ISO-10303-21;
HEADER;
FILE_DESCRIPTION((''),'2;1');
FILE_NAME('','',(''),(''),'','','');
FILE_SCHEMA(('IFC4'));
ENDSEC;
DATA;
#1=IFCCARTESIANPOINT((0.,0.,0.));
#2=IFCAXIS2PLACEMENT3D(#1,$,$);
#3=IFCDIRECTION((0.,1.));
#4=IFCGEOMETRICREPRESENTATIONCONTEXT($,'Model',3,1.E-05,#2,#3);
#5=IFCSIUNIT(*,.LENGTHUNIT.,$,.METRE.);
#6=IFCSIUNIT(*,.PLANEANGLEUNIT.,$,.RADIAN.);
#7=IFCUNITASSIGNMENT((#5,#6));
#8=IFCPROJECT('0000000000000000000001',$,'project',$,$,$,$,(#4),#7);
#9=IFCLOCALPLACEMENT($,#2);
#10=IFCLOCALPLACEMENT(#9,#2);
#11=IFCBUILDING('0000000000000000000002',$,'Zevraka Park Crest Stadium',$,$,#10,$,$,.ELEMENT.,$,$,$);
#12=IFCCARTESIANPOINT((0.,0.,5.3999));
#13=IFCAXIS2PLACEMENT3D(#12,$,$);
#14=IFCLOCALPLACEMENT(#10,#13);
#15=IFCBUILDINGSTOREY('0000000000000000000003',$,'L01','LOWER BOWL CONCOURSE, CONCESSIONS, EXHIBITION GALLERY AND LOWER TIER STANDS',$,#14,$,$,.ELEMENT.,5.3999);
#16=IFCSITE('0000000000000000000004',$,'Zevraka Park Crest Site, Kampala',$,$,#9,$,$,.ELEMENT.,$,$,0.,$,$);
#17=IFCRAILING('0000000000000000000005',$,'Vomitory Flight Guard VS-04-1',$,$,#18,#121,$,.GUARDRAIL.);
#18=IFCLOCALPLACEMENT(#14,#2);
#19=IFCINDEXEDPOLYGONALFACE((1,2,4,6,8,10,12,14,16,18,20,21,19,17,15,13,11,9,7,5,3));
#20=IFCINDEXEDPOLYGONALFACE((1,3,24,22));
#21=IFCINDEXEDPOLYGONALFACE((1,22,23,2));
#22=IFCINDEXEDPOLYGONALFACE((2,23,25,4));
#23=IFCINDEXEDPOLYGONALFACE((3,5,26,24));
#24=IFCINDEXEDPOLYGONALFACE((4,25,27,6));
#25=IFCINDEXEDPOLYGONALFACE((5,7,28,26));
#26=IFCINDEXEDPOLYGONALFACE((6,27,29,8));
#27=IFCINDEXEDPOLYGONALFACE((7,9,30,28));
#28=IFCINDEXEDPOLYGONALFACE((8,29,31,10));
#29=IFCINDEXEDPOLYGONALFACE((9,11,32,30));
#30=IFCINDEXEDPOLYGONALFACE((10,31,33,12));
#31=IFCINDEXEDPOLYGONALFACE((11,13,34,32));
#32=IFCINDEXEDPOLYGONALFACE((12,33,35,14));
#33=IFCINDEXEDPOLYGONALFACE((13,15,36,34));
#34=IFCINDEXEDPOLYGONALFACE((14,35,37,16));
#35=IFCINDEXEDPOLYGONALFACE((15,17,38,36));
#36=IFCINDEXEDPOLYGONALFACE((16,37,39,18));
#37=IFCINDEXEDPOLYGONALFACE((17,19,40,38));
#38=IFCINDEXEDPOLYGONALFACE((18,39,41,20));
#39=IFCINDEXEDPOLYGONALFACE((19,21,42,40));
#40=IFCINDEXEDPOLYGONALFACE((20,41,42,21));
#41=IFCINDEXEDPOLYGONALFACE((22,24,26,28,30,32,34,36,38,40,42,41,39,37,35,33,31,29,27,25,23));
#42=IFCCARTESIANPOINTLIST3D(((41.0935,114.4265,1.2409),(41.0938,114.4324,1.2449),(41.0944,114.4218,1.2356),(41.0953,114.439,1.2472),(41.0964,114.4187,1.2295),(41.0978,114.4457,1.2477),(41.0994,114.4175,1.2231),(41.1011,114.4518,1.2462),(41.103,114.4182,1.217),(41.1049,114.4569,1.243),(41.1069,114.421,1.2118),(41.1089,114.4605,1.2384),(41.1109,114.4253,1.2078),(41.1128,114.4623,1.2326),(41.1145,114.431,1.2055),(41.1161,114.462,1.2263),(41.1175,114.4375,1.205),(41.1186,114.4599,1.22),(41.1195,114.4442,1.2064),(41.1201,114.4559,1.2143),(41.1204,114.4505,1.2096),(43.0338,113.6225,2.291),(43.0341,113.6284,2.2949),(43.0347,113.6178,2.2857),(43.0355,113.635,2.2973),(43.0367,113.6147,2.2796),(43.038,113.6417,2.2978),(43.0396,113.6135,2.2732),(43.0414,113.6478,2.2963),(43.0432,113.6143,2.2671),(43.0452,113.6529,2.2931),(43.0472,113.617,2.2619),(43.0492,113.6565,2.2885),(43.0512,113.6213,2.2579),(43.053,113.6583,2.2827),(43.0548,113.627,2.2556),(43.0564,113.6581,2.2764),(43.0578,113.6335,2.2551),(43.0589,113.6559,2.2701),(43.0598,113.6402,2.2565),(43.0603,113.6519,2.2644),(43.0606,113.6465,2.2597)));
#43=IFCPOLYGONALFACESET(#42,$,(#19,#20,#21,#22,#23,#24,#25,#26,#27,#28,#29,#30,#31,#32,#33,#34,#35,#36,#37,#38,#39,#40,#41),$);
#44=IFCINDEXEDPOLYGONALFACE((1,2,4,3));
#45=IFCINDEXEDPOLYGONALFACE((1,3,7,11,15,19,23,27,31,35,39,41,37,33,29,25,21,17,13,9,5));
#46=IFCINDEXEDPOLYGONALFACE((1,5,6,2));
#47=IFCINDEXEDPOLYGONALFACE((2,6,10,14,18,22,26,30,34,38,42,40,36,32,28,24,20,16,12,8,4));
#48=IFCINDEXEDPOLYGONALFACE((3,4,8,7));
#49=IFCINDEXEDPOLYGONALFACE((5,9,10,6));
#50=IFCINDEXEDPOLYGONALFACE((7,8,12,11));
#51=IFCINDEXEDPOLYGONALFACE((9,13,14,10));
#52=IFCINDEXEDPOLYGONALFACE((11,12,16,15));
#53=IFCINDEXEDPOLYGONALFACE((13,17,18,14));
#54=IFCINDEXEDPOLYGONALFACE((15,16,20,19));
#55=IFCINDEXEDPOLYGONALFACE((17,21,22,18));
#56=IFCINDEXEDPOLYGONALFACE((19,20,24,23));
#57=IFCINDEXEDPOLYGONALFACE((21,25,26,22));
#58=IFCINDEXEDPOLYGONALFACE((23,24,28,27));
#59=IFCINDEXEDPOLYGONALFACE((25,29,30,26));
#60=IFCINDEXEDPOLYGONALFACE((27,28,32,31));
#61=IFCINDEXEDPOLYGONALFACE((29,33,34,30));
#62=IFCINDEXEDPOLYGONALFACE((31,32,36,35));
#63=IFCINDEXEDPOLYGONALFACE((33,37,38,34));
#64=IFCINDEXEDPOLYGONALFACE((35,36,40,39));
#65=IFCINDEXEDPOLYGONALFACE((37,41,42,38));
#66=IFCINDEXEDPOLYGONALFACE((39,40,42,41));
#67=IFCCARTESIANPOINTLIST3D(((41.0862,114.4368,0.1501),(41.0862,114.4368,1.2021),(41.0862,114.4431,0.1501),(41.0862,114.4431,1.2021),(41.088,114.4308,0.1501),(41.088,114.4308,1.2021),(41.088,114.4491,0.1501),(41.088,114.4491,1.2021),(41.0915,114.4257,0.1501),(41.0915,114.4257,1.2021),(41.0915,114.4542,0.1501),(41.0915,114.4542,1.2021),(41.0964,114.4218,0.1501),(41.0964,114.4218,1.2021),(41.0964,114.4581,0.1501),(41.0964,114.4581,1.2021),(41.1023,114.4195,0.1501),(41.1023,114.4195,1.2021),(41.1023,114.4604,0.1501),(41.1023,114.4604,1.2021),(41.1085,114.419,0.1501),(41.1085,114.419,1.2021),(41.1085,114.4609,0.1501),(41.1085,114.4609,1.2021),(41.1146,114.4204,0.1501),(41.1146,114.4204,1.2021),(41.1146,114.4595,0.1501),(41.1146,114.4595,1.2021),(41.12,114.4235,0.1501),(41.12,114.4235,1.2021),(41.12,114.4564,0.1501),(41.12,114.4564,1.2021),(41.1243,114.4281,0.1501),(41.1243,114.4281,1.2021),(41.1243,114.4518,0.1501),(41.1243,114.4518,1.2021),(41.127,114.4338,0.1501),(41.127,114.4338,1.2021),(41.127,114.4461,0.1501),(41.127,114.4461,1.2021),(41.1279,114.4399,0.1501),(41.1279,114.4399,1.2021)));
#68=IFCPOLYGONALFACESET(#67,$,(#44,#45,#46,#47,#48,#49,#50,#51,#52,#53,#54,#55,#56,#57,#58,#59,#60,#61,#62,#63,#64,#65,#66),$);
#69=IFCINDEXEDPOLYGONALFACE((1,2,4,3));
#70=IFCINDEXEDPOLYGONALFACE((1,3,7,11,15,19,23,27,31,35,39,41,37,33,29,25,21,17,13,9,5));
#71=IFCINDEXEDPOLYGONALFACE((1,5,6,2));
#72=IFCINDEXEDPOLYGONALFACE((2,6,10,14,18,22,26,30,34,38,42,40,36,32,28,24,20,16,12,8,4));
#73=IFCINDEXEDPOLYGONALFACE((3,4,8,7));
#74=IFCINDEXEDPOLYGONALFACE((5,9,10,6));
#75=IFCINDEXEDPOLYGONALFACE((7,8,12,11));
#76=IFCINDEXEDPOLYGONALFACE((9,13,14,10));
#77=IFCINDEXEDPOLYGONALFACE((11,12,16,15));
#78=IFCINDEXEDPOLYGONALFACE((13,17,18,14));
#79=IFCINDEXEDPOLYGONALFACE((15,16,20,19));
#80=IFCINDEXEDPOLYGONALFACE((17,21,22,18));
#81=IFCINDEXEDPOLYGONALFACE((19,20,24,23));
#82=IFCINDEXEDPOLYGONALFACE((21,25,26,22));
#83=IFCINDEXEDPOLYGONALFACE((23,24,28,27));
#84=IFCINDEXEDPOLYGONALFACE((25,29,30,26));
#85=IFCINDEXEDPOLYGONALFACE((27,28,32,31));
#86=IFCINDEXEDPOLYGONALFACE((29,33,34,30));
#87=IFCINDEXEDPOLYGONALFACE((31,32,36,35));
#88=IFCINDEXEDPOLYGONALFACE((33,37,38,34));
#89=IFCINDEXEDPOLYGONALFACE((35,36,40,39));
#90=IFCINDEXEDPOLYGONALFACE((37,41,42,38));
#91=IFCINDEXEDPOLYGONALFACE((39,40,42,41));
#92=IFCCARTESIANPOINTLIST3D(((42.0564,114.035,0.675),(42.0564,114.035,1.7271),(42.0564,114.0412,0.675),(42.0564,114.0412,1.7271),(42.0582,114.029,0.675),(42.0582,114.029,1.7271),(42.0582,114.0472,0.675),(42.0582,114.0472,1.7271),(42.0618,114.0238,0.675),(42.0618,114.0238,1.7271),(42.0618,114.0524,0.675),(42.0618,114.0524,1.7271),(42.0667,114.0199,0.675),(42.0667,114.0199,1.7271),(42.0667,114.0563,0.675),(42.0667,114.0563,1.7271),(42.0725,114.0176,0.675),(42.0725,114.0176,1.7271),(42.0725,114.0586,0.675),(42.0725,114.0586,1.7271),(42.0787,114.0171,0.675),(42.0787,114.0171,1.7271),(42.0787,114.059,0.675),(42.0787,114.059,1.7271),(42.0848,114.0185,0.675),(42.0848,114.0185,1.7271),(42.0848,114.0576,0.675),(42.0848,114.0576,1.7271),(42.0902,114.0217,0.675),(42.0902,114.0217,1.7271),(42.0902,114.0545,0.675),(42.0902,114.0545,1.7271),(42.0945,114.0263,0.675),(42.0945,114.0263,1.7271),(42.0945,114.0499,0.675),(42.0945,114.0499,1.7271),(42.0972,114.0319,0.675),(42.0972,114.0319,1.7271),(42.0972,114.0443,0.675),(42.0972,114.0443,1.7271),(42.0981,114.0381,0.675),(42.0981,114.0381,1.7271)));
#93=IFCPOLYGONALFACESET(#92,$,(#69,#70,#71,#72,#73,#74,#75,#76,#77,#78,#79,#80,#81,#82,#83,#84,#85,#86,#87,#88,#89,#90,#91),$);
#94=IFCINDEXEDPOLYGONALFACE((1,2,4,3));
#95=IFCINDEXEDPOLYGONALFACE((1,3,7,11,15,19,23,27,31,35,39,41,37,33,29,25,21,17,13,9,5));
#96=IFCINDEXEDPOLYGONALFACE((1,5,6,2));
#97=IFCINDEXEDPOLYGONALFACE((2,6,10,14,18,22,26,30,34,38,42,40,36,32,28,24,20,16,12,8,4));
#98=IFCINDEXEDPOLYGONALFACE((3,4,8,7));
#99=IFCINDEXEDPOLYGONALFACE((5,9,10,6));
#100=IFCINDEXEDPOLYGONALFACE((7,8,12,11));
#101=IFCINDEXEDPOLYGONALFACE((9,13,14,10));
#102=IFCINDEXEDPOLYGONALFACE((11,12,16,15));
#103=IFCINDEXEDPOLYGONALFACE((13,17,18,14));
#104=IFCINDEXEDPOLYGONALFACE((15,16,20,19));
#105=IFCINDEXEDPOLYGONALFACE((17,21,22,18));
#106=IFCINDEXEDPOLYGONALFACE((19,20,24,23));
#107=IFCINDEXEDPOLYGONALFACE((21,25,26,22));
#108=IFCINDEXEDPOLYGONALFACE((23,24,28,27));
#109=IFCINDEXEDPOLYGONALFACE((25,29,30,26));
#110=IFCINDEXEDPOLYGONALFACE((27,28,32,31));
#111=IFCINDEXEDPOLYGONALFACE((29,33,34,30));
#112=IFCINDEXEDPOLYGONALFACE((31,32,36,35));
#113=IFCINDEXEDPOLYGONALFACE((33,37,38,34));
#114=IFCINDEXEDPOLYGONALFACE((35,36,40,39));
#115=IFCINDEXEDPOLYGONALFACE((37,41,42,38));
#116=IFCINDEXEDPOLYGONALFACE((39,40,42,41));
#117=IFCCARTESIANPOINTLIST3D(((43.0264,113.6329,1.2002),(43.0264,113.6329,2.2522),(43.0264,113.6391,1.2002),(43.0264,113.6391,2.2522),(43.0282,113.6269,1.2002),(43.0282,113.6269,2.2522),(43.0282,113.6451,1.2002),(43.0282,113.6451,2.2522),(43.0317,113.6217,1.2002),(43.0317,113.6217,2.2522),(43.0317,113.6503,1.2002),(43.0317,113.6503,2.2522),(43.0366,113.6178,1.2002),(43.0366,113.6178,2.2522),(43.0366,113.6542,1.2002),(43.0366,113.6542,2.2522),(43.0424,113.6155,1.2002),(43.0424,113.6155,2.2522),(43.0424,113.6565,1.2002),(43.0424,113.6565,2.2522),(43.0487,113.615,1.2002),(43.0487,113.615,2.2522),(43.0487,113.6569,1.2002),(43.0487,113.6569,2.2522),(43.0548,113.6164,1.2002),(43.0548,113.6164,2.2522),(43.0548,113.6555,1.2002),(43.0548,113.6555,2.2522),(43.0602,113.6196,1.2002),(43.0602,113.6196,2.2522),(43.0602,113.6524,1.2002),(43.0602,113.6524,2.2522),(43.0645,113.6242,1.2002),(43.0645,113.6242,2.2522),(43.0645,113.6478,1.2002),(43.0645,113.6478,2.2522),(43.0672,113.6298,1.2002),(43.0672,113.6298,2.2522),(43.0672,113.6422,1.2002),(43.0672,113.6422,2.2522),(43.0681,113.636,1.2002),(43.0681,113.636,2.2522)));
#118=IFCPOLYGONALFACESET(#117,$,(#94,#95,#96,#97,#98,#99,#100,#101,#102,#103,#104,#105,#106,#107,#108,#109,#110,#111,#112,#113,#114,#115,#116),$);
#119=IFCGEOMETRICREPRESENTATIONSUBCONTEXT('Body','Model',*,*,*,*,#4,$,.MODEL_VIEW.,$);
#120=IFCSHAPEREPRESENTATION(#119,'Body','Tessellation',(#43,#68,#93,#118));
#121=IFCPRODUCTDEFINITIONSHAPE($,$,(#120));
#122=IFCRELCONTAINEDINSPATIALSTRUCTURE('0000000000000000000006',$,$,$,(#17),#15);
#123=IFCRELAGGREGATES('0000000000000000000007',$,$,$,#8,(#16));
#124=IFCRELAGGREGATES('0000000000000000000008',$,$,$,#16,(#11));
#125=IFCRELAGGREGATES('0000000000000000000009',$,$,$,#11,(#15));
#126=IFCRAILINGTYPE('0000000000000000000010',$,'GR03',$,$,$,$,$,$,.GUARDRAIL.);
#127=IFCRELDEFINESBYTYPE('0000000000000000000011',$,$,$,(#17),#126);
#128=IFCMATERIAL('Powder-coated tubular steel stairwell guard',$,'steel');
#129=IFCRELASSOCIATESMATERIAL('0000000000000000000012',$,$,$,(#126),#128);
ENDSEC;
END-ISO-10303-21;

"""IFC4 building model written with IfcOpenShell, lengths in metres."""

from ifc_helpers import new_model, si_unit, direction, frame, origin, origin_2d, place, context, subcontext, project, spatial, circle, extrude, material, type_object, element, save


model = new_model("IFC4")

# Units and contexts
model_context = context("Model", 3, precision=1e-05, world=origin(), true_north=direction((0.0, 1.0)))
body_context = subcontext(model_context, "Body", "Model", "MODEL_VIEW")
ifc_project = project(units=[si_unit("LENGTHUNIT", "METRE"), si_unit("PLANEANGLEUNIT", "RADIAN")], contexts=[model_context])

# Site, building, storey
site_placement = place(None, origin())
site = spatial("IfcSite", under=ifc_project, at=site_placement, Name="Zevraka Park Crest Site, Kampala", CompositionType="ELEMENT", RefElevation=0.0)
building_placement = place(site_placement, origin())
building = spatial("IfcBuilding", under=site, at=building_placement, Name="Zevraka Park Crest Stadium", CompositionType="ELEMENT")
storey_placement = place(building_placement, frame((0.0, 0.0, 5.3999)))
storey = spatial("IfcBuildingStorey", under=building, at=storey_placement, Name="L01", Description="LOWER BOWL CONCOURSE, CONCESSIONS, EXHIBITION GALLERY AND LOWER TIER STANDS", CompositionType="ELEMENT", Elevation=5.3999)

# Railing
ifc_material_1 = material(Name="Powder-coated tubular steel stairwell guard", Category="steel")
railing_type_1 = type_object("IfcRailingType", Name="GR03", PredefinedType="GUARDRAIL", material=ifc_material_1)
railing_1_placement = place(storey_placement, frame((41.1069, 114.4399, 0.1501)))
element("IfcRailing", 1, at=railing_1_placement, inside=storey, type_object=railing_type_1, Name="Vomitory Flight Guard VS-04-1", PredefinedType="GUARDRAIL", context=body_context, shape_type="SweptSolid", body=[
    extrude(circle(Radius=0.0239, at=origin_2d()), frame((0.0, 0.0, 1.0762), z_axis=(0.826302, -0.342395, 0.447203), x_axis=(0.382807, 0.923828, 0.0)), (0.0, 0.0, 1.0), 2.3481),
    extrude(circle(Radius=0.021, at=origin_2d()), origin(), (0.0, 0.0, 1.0), 1.052),
    extrude(circle(Radius=0.021, at=origin_2d()), frame((0.9702, -0.4019, 0.5249)), (0.0, 0.0, 1.0), 1.052),
    extrude(circle(Radius=0.021, at=origin_2d()), frame((1.9402, -0.804, 1.05)), (0.0, 0.0, 1.0), 1.052),
])

save(model, "model.ifc")
